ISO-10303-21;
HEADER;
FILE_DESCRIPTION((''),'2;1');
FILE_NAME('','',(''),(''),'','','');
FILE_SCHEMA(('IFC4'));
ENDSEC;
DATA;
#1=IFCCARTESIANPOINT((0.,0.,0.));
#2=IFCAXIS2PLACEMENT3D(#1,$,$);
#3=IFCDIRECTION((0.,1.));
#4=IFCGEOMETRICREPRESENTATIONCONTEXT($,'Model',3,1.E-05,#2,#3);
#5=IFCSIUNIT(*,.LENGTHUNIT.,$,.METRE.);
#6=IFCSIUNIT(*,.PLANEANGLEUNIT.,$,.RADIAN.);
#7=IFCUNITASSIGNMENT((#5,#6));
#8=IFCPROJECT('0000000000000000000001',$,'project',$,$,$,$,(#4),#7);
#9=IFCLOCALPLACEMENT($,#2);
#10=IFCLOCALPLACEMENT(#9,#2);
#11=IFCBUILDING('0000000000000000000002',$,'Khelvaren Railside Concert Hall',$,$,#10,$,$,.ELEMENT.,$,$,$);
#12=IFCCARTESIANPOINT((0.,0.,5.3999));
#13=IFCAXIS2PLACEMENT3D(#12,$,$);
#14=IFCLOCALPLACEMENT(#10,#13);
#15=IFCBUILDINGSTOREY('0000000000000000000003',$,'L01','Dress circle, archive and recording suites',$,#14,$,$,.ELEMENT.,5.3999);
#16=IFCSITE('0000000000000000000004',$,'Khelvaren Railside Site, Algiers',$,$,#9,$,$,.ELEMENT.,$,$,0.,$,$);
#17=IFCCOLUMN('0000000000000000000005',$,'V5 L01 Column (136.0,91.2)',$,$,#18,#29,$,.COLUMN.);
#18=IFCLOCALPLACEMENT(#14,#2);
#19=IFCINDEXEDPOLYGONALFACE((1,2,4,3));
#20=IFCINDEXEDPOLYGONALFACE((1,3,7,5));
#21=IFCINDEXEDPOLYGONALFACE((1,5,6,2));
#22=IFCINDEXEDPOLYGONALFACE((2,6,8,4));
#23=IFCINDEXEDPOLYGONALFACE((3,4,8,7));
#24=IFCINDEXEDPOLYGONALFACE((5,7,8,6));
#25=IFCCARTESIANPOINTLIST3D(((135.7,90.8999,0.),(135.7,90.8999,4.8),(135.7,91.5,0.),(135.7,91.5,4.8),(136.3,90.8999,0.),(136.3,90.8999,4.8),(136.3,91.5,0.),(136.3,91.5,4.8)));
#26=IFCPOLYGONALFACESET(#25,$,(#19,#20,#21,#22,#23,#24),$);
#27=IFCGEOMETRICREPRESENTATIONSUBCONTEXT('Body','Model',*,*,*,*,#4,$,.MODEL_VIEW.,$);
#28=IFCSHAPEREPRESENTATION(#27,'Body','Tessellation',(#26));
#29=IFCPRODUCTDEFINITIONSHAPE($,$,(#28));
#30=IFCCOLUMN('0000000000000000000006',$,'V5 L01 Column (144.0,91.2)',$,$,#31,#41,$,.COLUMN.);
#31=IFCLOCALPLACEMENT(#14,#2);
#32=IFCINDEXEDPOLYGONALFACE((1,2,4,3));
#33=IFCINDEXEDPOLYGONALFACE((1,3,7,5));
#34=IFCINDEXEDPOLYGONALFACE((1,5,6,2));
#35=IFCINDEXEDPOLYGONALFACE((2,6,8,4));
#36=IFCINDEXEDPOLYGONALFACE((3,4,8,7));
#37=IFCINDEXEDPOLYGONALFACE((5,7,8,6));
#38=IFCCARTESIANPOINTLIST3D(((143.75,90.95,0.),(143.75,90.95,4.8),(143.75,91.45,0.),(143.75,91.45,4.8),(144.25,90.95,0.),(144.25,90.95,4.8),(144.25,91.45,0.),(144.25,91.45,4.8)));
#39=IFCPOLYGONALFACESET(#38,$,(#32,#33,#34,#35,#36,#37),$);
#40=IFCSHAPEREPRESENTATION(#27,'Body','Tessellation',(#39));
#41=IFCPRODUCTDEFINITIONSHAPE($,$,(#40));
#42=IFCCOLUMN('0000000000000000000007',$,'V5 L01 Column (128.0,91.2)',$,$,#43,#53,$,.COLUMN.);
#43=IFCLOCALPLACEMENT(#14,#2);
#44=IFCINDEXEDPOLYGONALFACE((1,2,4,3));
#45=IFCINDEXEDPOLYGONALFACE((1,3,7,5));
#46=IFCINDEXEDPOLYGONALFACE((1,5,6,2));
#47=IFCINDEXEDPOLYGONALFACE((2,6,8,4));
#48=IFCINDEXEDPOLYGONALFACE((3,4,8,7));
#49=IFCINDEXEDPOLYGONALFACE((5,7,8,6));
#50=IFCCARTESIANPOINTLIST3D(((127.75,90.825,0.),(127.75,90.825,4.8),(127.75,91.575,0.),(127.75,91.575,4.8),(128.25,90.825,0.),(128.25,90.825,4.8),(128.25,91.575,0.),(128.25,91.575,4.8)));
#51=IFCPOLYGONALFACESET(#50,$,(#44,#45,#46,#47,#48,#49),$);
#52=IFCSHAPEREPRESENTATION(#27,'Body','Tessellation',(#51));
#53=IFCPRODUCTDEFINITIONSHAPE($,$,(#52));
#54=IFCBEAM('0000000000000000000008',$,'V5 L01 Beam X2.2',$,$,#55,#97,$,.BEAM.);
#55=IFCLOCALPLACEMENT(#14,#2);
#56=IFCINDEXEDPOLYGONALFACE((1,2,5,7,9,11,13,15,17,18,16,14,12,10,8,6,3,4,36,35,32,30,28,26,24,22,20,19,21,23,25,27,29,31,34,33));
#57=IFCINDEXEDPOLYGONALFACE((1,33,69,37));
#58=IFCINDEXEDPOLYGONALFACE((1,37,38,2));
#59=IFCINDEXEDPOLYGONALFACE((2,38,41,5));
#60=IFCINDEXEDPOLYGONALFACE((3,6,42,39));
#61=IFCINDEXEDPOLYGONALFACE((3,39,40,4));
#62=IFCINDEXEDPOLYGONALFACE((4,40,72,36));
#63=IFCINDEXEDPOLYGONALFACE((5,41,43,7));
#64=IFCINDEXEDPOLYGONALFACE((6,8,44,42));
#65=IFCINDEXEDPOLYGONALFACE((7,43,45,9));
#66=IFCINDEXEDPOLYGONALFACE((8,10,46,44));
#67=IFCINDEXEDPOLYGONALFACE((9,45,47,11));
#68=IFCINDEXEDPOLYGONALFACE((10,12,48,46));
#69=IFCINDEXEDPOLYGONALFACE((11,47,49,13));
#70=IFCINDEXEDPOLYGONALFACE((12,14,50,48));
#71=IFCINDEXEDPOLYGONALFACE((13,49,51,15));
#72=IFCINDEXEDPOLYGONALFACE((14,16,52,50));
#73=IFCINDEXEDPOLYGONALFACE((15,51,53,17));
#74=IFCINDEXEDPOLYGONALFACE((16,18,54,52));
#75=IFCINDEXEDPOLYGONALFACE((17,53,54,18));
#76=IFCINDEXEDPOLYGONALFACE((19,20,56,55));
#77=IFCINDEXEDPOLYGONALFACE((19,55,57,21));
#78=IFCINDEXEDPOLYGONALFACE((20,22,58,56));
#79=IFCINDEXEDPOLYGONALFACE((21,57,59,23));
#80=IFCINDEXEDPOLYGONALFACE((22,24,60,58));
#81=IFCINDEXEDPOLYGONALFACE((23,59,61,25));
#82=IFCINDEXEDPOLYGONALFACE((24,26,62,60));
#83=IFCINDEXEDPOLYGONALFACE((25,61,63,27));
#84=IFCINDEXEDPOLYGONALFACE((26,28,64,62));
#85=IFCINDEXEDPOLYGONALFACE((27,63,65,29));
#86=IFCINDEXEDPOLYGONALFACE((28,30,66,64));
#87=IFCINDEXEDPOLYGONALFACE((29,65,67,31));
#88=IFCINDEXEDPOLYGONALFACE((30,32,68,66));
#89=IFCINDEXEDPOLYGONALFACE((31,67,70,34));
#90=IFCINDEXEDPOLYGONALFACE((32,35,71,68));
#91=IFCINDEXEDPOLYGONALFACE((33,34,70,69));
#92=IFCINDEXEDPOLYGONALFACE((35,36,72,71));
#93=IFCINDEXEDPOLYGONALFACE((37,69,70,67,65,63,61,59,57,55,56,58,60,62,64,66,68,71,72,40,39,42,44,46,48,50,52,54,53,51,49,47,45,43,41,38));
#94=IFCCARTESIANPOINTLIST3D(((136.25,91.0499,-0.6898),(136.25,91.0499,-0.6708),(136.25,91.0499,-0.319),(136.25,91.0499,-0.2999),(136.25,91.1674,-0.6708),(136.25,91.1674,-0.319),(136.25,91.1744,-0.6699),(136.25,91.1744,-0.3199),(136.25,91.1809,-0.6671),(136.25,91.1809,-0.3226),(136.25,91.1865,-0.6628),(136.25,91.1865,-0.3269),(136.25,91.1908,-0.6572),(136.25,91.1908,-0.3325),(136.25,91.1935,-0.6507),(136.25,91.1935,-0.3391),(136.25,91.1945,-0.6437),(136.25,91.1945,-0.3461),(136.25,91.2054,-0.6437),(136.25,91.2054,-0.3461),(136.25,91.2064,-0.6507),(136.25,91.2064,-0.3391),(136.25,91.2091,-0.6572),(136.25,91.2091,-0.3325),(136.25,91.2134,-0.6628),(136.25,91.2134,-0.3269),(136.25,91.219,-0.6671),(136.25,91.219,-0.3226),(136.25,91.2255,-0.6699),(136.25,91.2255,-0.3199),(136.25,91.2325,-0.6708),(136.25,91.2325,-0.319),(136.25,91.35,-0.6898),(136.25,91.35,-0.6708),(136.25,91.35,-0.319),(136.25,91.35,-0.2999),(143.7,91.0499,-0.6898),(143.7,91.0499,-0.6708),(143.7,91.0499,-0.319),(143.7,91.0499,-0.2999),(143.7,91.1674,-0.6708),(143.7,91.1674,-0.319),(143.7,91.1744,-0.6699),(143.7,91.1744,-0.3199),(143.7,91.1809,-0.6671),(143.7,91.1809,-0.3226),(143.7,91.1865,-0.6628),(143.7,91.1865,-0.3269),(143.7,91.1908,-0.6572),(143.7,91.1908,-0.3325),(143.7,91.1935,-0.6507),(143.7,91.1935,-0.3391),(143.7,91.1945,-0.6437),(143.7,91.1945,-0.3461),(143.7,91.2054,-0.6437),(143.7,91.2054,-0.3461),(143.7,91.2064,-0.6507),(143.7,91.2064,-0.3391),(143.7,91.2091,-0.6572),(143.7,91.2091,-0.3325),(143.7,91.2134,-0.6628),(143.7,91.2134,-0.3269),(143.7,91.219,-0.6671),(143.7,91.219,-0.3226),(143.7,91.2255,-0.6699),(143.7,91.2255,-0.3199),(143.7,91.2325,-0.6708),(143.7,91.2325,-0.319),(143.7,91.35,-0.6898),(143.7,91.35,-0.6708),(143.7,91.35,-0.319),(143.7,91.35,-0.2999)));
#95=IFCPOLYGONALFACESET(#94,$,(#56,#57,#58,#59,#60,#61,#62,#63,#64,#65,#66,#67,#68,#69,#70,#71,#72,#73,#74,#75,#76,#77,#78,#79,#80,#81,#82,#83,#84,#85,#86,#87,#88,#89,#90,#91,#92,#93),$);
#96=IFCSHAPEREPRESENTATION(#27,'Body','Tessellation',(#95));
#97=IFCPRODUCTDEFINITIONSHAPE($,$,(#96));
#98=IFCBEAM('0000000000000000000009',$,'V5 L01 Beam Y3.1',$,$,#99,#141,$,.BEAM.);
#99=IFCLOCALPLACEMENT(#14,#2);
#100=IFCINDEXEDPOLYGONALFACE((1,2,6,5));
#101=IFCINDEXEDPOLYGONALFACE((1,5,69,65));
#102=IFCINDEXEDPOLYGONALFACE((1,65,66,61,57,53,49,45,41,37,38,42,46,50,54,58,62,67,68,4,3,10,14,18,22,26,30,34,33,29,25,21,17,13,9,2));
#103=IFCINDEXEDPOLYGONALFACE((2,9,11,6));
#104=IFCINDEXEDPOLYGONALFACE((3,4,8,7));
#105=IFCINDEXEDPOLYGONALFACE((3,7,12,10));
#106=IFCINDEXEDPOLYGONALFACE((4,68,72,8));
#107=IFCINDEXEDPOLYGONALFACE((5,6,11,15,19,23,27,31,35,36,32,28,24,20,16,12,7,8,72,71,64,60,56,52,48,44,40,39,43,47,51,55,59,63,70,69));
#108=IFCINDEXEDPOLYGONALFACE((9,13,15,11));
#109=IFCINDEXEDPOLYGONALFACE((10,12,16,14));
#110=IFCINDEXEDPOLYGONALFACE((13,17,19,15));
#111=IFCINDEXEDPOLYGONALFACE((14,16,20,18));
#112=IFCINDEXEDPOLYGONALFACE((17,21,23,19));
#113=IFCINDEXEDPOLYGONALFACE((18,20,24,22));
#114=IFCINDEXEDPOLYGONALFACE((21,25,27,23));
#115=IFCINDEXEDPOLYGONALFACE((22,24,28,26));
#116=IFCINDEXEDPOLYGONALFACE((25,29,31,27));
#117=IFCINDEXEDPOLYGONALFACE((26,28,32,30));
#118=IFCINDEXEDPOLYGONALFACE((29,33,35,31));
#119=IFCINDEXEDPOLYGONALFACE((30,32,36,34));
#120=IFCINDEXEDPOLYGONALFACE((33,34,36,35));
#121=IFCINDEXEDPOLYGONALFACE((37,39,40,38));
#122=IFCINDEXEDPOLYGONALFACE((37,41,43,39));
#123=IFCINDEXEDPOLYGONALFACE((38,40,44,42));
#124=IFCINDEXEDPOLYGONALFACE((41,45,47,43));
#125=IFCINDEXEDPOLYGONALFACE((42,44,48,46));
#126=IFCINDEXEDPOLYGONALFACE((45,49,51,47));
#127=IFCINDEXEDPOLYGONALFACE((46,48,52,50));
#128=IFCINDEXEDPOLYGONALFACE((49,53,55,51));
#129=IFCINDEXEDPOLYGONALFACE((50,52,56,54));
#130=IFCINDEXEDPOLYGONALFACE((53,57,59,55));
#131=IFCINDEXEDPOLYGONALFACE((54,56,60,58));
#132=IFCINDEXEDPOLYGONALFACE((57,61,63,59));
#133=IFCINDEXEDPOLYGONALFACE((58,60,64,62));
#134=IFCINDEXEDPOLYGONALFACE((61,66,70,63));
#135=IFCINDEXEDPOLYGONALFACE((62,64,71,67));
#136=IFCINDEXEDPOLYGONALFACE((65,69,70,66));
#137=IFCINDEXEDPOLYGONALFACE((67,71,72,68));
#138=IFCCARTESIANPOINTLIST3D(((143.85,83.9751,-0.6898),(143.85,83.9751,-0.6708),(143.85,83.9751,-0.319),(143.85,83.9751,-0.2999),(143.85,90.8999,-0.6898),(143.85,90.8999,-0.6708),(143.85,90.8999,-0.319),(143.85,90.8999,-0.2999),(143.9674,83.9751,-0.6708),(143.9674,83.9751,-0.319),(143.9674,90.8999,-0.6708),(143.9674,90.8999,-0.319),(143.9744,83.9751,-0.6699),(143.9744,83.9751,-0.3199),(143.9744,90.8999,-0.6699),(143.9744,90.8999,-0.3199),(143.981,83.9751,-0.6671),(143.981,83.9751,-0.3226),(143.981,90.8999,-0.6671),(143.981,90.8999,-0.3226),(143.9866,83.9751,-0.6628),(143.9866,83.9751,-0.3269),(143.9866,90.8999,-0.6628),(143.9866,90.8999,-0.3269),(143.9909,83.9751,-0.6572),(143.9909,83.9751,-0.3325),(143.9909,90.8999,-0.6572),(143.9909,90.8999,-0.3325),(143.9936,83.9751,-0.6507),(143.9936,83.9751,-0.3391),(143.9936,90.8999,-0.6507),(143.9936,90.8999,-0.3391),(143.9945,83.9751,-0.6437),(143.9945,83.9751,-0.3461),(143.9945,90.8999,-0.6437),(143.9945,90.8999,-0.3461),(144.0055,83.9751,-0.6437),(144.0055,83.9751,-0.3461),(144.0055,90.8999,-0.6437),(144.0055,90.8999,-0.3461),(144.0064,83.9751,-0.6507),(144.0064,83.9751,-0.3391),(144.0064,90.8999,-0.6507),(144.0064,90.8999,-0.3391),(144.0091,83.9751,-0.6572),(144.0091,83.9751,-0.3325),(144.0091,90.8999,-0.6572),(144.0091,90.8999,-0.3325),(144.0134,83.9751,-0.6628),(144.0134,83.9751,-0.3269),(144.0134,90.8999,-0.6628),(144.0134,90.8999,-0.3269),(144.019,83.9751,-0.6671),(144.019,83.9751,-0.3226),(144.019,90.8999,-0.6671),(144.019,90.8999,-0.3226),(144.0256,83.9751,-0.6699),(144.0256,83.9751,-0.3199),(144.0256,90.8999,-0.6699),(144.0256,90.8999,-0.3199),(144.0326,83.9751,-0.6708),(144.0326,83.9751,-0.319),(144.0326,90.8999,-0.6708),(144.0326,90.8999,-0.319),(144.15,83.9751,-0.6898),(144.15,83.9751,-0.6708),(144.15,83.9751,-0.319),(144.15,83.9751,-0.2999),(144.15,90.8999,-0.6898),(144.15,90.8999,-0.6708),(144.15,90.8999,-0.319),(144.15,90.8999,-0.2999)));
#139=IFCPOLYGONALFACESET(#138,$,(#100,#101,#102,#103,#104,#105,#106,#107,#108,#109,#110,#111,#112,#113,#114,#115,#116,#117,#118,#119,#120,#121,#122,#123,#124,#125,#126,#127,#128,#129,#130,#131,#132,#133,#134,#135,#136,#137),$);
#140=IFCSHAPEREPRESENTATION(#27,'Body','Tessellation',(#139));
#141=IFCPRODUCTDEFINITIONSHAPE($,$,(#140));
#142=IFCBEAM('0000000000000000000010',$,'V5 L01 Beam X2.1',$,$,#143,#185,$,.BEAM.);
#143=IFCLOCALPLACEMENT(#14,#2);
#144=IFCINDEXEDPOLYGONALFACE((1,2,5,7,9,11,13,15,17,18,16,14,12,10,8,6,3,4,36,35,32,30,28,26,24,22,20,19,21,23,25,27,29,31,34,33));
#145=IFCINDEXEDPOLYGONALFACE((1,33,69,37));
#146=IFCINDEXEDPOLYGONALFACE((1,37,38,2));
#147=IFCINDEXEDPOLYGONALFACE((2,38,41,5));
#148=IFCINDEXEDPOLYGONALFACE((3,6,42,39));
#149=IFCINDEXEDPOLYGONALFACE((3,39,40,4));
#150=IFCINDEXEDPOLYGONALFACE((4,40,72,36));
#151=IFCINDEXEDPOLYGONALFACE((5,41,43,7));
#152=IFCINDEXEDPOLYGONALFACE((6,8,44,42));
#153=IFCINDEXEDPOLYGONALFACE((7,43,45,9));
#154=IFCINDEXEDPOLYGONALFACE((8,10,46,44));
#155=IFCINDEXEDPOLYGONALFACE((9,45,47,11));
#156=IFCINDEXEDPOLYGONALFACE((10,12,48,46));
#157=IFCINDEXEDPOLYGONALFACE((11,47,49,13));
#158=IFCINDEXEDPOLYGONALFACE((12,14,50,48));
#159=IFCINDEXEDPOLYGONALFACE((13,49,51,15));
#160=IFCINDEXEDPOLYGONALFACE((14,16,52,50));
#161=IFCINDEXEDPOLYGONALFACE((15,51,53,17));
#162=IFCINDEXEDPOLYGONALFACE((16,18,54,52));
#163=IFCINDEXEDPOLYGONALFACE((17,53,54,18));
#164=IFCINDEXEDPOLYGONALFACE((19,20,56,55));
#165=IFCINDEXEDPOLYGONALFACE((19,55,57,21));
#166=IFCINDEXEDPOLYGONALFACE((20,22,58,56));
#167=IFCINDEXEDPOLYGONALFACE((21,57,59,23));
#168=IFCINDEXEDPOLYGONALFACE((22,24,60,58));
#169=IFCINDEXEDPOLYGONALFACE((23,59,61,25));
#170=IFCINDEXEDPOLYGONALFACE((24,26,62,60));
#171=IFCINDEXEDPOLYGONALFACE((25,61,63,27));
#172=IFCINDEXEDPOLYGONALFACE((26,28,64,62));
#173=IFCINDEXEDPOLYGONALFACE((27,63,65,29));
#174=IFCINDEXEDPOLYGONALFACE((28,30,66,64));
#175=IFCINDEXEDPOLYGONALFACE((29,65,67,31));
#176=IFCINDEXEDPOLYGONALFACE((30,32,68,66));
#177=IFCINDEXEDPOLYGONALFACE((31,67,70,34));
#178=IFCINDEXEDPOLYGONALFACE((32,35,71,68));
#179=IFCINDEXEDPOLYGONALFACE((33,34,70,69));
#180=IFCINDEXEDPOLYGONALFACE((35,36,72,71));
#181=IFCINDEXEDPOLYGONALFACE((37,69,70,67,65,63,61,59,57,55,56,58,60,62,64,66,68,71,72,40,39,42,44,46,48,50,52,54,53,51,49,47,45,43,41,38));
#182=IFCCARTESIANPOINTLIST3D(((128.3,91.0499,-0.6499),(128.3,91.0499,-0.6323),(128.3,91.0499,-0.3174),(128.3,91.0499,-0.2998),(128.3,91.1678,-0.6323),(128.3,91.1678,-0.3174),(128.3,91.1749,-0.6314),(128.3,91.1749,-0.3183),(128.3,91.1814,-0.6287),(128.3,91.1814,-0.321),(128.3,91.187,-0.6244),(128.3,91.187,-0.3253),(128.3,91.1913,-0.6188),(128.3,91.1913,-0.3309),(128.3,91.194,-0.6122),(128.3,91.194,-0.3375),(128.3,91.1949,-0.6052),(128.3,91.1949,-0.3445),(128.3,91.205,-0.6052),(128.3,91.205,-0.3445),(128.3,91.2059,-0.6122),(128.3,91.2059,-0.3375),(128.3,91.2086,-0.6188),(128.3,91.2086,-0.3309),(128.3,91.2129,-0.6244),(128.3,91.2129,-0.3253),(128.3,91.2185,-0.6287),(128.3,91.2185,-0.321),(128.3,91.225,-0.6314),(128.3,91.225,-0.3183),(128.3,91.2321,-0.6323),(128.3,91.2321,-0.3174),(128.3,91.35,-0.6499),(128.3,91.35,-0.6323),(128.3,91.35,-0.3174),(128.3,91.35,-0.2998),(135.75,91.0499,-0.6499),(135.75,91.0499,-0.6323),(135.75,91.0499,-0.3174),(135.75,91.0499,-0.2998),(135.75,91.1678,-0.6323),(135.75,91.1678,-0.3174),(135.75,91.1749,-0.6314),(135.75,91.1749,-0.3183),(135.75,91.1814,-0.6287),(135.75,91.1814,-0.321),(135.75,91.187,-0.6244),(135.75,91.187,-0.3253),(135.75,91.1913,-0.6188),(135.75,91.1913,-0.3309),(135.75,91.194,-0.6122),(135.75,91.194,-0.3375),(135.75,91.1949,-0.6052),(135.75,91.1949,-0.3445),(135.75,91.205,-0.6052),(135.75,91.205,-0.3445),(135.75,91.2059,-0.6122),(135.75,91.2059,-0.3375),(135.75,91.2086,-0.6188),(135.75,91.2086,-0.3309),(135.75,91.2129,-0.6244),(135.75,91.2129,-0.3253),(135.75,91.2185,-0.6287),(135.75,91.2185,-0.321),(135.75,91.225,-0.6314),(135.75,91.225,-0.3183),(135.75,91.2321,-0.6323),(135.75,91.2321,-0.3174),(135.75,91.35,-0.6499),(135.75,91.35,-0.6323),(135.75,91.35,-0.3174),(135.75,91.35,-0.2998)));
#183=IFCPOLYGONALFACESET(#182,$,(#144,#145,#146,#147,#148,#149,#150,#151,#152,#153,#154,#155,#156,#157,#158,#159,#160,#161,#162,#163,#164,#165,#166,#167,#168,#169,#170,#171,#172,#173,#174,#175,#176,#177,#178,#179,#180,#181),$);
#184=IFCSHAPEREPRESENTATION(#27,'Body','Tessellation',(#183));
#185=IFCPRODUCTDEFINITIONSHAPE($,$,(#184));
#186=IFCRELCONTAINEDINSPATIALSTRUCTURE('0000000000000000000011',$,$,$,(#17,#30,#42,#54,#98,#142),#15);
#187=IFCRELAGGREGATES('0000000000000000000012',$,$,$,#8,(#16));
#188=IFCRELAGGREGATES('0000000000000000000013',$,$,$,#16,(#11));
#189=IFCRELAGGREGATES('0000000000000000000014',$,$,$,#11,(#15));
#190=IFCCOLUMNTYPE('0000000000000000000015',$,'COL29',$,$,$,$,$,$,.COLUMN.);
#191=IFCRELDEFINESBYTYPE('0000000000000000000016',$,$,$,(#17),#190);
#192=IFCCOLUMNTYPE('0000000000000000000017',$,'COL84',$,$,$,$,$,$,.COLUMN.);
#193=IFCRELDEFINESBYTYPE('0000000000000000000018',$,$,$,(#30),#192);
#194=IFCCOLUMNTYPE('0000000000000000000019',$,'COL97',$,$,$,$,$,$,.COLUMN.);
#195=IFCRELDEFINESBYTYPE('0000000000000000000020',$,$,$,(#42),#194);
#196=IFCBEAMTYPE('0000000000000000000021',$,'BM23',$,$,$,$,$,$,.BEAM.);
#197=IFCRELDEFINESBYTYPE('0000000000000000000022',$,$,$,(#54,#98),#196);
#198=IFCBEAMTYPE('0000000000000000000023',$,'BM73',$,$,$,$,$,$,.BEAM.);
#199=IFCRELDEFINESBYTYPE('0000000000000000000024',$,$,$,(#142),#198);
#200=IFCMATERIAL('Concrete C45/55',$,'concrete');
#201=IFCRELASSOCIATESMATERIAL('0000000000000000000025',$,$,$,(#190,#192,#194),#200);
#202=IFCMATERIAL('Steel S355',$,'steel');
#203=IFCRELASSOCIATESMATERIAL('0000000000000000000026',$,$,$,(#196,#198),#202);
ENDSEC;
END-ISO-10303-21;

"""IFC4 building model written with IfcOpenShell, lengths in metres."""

from ifc_helpers import new_model, si_unit, direction, frame, origin, origin_2d, place, context, subcontext, project, spatial, rectangle, i_section, extrude, material, material_profile, profile_set, type_object, element, save


model = new_model("IFC4")

# Units and contexts
model_context = context("Model", 3, precision=1e-05, world=origin(), true_north=direction((0.0, 1.0)))
body_context = subcontext(model_context, "Body", "Model", "MODEL_VIEW")
ifc_project = project(units=[si_unit("LENGTHUNIT", "METRE"), si_unit("PLANEANGLEUNIT", "RADIAN")], contexts=[model_context])

# Site, building, storey
site_placement = place(None, origin())
site = spatial("IfcSite", under=ifc_project, at=site_placement, Name="Khelvaren Railside Site, Algiers", CompositionType="ELEMENT", RefElevation=0.0)
building_placement = place(site_placement, origin())
building = spatial("IfcBuilding", under=site, at=building_placement, Name="Khelvaren Railside Concert Hall", CompositionType="ELEMENT")
storey_placement = place(building_placement, frame((0.0, 0.0, 5.3999)))
storey = spatial("IfcBuildingStorey", under=building, at=storey_placement, Name="L01", Description="Dress circle, archive and recording suites", CompositionType="ELEMENT", Elevation=5.3999)

# Columns
ifc_material_1 = material(Name="Concrete C45/55", Category="concrete")
ifc_material_profile_1 = material_profile(ifc_material_1, rectangle(XDim=0.6001, YDim=0.6001, at=origin_2d()), Name="RC 600x600")
ifc_profile_set_1 = profile_set([ifc_material_profile_1], Name="Concrete C45/55")
column_type_1 = type_object("IfcColumnType", Name="COL29", PredefinedType="COLUMN", material=ifc_profile_set_1)
column_1_placement = place(storey_placement, frame((136.0, 91.2, 0.0), z_axis=(0.0, 0.0, 1.0), x_axis=(1.0, 0.0, 0.0)))
element("IfcColumn", 1, at=column_1_placement, inside=storey, type_object=column_type_1, Name="V5 L01 Column (136.0,91.2)", PredefinedType="COLUMN", context=body_context, shape_type="SweptSolid", body=[
    extrude(rectangle(XDim=0.6001, YDim=0.6001, at=origin_2d()), origin(), (0.0, 0.0, 1.0), 4.8),
])
ifc_material_profile_2 = material_profile(ifc_material_1, rectangle(XDim=0.5, YDim=0.5, at=origin_2d()), Name="RC 500x500")
ifc_profile_set_2 = profile_set([ifc_material_profile_2], Name="Concrete C45/55")
column_type_2 = type_object("IfcColumnType", Name="COL84", PredefinedType="COLUMN", material=ifc_profile_set_2)
column_2_placement = place(storey_placement, frame((144.0, 91.2, 0.0), z_axis=(0.0, 0.0, 1.0), x_axis=(1.0, 0.0, 0.0)))
element("IfcColumn", 2, at=column_2_placement, inside=storey, type_object=column_type_2, Name="V5 L01 Column (144.0,91.2)", PredefinedType="COLUMN", context=body_context, shape_type="SweptSolid", body=[
    extrude(rectangle(XDim=0.5, YDim=0.5, at=origin_2d()), origin(), (0.0, 0.0, 1.0), 4.8),
])
ifc_material_profile_3 = material_profile(ifc_material_1, rectangle(XDim=0.5, YDim=0.75, at=origin_2d()), Name="RC 500x750")
ifc_profile_set_3 = profile_set([ifc_material_profile_3], Name="Concrete C45/55")
column_type_3 = type_object("IfcColumnType", Name="COL97", PredefinedType="COLUMN", material=ifc_profile_set_3)
column_3_placement = place(storey_placement, frame((128.0, 91.2, 0.0), z_axis=(0.0, 0.0, 1.0), x_axis=(1.0, 0.0, 0.0)))
element("IfcColumn", 3, at=column_3_placement, inside=storey, type_object=column_type_3, Name="V5 L01 Column (128.0,91.2)", PredefinedType="COLUMN", context=body_context, shape_type="SweptSolid", body=[
    extrude(rectangle(XDim=0.5, YDim=0.75, at=origin_2d()), origin(), (0.0, 0.0, 1.0), 4.8),
])

# Beams
ifc_material_2 = material(Name="Steel S355", Category="steel")
ifc_material_profile_4 = material_profile(ifc_material_2, i_section(OverallWidth=0.3, OverallDepth=0.3899, WebThickness=0.011, FlangeThickness=0.019, FilletRadius=0.0271, at=origin_2d()), Name="HEA 400")
ifc_profile_set_4 = profile_set([ifc_material_profile_4], Name="Steel S355")
beam_type_1 = type_object("IfcBeamType", Name="BM23", PredefinedType="BEAM", material=ifc_profile_set_4)
beam_1_placement = place(storey_placement, frame((136.25, 91.2, -0.4949), z_axis=(1.0, 0.0, 0.0), x_axis=(0.0, 1.0, 0.0)))
element("IfcBeam", 4, at=beam_1_placement, inside=storey, type_object=beam_type_1, Name="V5 L01 Beam X2.2", PredefinedType="BEAM", context=body_context, shape_type="SweptSolid", body=[
    extrude(i_section(OverallWidth=0.3, OverallDepth=0.3899, WebThickness=0.011, FlangeThickness=0.019, FilletRadius=0.0271, at=origin_2d()), origin(), (0.0, 0.0, 1.0), 7.45),
])
beam_2_placement = place(storey_placement, frame((144.0, 83.9751, -0.4949), z_axis=(0.0, 1.0, 0.0), x_axis=(-1.0, 0.0, 0.0)))
element("IfcBeam", 5, at=beam_2_placement, inside=storey, type_object=beam_type_1, Name="V5 L01 Beam Y3.1", PredefinedType="BEAM", context=body_context, shape_type="SweptSolid", body=[
    extrude(i_section(OverallWidth=0.3, OverallDepth=0.3899, WebThickness=0.011, FlangeThickness=0.019, FilletRadius=0.0271, at=origin_2d()), origin(), (0.0, 0.0, 1.0), 6.9248),
])
ifc_material_profile_5 = material_profile(ifc_material_2, i_section(OverallWidth=0.3, OverallDepth=0.3501, WebThickness=0.01, FlangeThickness=0.0176, FilletRadius=0.0271, at=origin_2d()), Name="HEA 360")
ifc_profile_set_5 = profile_set([ifc_material_profile_5], Name="Steel S355")
beam_type_2 = type_object("IfcBeamType", Name="BM73", PredefinedType="BEAM", material=ifc_profile_set_5)
beam_3_placement = place(storey_placement, frame((128.3, 91.2, -0.4749), z_axis=(1.0, 0.0, 0.0), x_axis=(0.0, 1.0, 0.0)))
element("IfcBeam", 6, at=beam_3_placement, inside=storey, type_object=beam_type_2, Name="V5 L01 Beam X2.1", PredefinedType="BEAM", context=body_context, shape_type="SweptSolid", body=[
    extrude(i_section(OverallWidth=0.3, OverallDepth=0.3501, WebThickness=0.01, FlangeThickness=0.0176, FilletRadius=0.0271, at=origin_2d()), origin(), (0.0, 0.0, 1.0), 7.45),
])

save(model, "model.ifc")
